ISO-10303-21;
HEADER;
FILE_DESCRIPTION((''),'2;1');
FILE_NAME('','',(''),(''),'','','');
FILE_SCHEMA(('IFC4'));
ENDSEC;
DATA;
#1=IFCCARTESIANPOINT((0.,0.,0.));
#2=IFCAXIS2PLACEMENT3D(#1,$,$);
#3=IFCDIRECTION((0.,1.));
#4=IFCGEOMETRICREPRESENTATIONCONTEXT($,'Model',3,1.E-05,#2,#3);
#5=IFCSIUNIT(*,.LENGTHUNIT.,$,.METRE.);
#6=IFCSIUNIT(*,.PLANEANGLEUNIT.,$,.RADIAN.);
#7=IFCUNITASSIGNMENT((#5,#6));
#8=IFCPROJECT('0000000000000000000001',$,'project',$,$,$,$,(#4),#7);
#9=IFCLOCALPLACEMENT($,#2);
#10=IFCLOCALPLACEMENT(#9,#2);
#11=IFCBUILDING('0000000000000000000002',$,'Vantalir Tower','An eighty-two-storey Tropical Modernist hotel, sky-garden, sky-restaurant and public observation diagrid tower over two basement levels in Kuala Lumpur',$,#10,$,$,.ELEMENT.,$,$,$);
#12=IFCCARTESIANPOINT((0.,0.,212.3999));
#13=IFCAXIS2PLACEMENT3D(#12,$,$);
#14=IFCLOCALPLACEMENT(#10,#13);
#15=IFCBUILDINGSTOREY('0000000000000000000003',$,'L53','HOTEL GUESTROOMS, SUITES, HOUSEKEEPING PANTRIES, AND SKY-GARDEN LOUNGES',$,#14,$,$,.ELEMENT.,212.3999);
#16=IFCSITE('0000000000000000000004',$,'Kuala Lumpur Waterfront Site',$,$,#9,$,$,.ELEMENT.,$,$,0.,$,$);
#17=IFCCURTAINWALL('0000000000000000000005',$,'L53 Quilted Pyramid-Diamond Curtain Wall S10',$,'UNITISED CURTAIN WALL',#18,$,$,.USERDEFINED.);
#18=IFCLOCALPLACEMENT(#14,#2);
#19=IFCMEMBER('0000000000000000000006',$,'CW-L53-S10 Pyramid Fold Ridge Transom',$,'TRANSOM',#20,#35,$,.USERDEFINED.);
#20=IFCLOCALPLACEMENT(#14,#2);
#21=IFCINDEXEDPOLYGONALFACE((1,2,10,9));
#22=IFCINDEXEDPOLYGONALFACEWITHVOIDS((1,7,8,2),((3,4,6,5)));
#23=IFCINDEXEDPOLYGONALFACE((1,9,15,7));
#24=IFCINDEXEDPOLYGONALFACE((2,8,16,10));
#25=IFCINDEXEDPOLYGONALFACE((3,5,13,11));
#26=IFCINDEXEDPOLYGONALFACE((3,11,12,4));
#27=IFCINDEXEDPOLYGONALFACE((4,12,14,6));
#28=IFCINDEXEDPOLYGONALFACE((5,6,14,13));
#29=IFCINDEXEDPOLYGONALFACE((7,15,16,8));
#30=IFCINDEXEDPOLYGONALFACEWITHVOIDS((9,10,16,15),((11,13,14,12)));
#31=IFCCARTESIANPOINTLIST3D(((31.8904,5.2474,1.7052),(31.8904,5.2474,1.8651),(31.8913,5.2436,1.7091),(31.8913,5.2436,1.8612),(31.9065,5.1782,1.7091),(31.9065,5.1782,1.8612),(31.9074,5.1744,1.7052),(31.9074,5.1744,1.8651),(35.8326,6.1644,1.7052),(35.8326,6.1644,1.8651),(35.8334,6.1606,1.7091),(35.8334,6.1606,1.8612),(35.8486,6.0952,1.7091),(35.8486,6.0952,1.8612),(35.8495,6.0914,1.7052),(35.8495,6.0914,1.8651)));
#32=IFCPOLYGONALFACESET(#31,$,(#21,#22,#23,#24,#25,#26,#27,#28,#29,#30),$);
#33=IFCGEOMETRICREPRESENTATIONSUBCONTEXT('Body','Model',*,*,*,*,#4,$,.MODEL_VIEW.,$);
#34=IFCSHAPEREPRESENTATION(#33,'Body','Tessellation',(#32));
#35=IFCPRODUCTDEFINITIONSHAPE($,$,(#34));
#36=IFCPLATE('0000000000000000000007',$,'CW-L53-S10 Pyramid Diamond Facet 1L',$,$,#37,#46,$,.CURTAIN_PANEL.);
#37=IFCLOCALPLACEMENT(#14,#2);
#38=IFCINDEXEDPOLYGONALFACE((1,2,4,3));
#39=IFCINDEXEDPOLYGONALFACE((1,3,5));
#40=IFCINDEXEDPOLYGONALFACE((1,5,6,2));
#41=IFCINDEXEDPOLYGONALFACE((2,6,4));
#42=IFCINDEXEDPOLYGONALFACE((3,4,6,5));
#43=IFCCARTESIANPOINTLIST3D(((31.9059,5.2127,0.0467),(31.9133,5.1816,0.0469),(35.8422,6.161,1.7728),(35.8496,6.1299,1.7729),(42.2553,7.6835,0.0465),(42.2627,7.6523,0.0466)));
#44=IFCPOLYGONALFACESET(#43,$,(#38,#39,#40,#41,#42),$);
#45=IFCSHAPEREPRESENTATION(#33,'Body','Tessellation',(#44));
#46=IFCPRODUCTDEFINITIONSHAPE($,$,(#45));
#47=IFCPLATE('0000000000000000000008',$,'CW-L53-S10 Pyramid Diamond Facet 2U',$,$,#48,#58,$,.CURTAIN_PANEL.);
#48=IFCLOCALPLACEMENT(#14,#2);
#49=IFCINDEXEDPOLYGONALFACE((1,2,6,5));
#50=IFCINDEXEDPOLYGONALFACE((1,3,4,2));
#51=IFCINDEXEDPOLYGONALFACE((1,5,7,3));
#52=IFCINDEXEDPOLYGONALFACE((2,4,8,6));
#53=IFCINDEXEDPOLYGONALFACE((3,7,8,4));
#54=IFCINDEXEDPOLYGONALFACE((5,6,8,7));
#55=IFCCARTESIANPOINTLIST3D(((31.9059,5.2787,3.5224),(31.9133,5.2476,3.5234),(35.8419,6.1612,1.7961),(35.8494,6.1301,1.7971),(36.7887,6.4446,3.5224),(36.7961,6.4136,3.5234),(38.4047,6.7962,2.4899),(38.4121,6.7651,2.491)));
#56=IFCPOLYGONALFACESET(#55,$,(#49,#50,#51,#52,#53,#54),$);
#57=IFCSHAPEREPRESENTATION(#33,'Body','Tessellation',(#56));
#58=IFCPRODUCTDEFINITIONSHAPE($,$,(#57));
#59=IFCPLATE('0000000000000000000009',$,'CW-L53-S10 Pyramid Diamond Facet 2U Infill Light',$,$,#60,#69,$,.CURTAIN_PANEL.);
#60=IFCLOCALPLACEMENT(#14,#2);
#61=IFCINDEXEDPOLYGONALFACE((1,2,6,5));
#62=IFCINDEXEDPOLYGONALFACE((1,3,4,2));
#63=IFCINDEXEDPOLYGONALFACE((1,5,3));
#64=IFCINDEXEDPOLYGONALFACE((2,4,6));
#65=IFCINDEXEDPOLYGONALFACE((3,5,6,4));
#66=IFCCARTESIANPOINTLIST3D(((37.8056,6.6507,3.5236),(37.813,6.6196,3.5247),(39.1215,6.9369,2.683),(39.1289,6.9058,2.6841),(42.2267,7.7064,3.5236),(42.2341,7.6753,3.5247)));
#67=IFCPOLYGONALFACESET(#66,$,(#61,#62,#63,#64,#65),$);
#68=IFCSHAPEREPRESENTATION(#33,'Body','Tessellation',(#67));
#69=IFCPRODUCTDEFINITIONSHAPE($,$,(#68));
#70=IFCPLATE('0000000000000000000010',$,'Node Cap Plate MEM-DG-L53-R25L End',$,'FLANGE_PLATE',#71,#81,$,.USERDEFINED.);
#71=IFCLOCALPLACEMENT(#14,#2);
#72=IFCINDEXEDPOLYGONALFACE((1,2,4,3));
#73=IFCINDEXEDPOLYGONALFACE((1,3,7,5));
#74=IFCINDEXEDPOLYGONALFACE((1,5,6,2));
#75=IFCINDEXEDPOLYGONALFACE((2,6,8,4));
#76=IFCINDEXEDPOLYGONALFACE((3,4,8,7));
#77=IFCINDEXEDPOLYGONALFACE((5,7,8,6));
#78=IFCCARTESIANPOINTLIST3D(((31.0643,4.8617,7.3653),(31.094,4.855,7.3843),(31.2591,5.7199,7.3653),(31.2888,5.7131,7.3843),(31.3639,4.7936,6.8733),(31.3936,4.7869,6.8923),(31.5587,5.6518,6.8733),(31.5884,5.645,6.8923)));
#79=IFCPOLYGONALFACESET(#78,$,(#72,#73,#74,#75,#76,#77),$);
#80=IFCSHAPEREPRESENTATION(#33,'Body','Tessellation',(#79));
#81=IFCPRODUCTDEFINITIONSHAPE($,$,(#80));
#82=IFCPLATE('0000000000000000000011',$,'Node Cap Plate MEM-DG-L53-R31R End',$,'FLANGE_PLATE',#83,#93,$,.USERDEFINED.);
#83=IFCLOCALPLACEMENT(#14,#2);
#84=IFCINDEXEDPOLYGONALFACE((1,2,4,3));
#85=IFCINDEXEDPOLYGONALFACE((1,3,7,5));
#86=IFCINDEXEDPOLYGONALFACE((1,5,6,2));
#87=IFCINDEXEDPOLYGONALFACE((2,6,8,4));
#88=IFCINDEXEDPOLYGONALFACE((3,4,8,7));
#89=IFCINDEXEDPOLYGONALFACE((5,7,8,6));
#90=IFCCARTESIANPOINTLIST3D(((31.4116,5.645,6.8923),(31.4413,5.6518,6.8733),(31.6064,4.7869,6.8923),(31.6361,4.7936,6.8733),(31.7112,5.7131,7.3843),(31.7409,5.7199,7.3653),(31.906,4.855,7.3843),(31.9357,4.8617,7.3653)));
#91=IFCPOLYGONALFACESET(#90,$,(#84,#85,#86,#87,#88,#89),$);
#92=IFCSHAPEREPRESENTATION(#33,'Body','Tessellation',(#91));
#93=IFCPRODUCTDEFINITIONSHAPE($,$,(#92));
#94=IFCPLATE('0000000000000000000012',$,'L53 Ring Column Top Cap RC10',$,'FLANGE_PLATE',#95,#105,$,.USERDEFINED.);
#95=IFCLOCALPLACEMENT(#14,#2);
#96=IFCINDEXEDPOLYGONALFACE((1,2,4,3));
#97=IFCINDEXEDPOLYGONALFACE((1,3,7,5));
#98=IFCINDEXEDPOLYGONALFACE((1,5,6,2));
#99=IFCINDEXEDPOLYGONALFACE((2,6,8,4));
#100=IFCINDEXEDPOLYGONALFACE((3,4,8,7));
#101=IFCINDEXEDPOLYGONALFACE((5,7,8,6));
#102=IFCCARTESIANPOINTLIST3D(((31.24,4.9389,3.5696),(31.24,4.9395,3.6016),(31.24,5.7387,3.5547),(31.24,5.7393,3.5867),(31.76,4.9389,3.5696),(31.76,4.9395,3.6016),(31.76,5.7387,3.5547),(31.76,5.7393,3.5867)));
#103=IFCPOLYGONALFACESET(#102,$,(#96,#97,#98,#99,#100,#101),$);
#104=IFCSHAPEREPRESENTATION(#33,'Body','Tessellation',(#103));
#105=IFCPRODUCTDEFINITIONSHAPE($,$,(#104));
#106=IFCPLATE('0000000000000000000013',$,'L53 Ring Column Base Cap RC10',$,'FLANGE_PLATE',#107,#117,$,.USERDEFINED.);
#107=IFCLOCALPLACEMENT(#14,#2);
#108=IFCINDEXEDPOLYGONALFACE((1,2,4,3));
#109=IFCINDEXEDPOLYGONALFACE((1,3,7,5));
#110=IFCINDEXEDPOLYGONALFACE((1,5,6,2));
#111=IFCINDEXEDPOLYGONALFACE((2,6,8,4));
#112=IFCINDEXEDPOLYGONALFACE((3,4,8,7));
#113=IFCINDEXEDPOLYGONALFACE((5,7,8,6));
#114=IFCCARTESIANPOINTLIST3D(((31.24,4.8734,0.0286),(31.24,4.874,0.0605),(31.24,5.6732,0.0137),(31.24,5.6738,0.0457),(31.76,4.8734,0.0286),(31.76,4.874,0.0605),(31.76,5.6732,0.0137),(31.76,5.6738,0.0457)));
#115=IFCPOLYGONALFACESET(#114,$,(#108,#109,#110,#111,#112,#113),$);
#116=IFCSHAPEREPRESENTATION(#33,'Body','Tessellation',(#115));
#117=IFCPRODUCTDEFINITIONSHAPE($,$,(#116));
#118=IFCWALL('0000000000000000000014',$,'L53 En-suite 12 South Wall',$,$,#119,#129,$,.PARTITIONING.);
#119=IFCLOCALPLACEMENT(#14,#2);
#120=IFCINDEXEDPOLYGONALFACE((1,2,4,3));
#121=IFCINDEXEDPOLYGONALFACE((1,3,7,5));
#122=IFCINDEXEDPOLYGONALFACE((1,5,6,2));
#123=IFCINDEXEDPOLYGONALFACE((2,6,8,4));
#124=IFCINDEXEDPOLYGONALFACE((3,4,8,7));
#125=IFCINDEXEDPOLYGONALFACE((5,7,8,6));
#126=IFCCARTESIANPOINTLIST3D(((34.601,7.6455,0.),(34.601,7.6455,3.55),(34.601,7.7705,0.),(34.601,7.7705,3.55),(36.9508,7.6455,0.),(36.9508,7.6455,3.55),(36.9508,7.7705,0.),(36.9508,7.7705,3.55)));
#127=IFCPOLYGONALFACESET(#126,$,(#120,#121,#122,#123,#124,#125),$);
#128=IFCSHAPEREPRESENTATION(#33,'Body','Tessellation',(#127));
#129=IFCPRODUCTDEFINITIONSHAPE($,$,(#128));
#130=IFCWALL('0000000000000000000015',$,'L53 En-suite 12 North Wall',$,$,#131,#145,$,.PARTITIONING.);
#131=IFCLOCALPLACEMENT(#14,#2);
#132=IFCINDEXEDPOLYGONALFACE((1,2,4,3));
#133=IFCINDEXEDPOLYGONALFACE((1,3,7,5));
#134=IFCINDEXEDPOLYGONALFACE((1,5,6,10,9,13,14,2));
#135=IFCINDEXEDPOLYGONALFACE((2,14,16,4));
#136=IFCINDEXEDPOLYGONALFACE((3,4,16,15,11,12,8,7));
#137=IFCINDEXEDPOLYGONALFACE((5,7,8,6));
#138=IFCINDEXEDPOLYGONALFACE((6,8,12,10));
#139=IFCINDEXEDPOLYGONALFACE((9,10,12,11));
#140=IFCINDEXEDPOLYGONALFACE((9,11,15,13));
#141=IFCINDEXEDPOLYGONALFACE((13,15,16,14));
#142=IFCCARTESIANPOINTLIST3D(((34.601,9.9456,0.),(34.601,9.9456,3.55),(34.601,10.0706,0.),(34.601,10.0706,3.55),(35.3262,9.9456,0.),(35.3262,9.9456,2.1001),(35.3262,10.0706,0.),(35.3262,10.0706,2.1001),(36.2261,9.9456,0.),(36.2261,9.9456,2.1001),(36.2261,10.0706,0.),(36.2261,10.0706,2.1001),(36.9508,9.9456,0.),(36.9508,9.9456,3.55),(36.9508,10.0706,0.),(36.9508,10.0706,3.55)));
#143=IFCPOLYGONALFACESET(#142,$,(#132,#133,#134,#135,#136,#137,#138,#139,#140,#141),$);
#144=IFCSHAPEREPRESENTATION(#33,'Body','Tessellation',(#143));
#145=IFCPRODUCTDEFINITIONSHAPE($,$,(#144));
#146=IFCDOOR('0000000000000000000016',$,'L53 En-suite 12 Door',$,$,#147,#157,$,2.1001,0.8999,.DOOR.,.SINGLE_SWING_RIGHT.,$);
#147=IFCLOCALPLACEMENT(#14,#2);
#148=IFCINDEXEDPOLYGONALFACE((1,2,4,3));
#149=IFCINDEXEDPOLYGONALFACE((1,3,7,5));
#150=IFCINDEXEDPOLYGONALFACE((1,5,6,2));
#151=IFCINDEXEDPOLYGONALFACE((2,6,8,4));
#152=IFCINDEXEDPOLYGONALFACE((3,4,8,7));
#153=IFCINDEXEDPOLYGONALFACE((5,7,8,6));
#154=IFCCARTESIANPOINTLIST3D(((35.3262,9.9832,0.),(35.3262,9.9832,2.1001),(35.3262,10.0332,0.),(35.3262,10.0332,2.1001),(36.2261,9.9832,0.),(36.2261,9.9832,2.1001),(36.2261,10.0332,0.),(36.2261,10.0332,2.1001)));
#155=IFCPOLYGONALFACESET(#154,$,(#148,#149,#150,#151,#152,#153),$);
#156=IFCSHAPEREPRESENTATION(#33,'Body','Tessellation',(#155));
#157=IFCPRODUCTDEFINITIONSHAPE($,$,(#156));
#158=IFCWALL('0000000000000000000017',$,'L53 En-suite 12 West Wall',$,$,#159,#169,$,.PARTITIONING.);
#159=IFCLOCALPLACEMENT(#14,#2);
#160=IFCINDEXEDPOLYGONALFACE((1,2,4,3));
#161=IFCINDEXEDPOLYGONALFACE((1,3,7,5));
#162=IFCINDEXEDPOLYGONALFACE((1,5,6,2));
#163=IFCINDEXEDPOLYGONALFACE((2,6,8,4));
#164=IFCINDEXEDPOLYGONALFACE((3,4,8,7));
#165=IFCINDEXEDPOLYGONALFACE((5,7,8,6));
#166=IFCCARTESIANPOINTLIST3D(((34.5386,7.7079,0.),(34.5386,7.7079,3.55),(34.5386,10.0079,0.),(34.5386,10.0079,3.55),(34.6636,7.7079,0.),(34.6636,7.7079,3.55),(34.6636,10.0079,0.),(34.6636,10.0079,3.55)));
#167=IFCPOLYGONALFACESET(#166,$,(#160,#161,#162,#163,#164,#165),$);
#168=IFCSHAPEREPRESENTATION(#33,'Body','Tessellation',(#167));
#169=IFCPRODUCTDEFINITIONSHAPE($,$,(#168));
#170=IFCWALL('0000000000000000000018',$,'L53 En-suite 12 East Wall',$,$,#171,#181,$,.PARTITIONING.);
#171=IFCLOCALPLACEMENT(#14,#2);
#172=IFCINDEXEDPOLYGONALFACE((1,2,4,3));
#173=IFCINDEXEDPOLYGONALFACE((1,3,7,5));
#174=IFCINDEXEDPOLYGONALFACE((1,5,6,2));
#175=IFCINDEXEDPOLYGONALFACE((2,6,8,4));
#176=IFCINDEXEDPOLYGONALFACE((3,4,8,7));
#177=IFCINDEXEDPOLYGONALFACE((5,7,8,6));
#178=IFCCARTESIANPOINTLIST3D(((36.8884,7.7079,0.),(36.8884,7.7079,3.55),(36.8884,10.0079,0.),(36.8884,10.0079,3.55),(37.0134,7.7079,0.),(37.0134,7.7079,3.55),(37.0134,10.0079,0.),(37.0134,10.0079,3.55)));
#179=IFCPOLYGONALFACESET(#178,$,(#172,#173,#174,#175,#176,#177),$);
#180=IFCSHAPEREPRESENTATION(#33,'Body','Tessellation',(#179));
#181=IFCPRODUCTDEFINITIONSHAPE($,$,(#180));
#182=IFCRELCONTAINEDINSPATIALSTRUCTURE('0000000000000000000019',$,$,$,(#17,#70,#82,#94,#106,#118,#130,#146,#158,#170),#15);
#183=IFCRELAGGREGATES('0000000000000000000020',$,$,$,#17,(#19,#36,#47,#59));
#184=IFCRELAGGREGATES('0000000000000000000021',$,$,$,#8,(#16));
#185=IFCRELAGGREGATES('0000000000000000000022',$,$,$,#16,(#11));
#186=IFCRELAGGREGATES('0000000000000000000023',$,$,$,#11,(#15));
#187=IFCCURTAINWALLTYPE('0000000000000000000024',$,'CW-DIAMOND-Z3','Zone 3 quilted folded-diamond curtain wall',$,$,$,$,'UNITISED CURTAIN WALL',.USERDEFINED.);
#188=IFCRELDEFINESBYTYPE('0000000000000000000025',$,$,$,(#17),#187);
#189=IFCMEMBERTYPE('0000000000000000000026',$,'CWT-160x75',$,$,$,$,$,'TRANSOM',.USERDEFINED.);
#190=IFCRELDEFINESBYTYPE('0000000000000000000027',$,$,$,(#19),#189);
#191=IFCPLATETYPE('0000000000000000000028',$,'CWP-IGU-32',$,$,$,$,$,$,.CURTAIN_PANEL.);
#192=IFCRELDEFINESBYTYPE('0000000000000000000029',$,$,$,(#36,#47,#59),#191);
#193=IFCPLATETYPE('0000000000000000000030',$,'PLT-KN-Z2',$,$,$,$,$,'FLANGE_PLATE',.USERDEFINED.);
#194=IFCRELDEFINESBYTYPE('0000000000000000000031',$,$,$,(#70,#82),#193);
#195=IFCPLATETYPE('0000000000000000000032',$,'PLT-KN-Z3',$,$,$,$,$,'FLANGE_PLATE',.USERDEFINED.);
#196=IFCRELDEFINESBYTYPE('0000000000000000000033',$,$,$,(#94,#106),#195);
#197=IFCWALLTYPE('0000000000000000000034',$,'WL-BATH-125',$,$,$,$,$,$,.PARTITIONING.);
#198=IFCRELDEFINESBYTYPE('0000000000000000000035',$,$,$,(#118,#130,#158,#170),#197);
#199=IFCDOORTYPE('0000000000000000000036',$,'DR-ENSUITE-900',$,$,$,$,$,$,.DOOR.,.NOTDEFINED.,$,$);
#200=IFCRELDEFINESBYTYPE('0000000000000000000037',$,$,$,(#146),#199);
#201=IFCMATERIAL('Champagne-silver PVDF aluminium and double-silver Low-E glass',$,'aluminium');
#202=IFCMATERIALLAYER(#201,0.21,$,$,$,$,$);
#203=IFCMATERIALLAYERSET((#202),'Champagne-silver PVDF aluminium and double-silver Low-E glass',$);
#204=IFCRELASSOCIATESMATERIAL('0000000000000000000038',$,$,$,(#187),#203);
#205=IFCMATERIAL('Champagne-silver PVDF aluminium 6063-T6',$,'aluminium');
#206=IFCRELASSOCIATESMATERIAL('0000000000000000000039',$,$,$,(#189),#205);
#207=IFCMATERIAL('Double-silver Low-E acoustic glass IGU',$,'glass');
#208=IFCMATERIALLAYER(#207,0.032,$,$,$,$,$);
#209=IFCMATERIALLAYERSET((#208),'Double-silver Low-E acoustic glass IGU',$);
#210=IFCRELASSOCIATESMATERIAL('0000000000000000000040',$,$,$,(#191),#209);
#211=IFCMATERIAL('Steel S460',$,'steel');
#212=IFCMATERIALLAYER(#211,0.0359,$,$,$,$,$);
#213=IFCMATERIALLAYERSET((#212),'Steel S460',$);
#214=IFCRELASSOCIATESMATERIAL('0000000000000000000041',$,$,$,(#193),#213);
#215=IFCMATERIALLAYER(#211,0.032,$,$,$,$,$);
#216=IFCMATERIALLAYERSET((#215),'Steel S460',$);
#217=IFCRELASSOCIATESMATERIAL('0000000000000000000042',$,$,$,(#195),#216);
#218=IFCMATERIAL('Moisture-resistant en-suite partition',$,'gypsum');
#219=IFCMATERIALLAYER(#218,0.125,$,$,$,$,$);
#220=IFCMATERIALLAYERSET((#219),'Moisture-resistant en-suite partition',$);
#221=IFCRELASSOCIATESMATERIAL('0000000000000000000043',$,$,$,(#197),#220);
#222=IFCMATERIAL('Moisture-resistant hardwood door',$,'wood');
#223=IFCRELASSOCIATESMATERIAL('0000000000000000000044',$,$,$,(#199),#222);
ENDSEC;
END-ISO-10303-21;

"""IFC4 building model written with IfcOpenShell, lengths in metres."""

from ifc_helpers import new_model, si_unit, direction, frame, frame_2d, origin, origin_2d, place, context, subcontext, project, spatial, polyline, rectangle, hollow_rectangle, outline, extrude, material, layer, layer_set, material_profile, profile_set, type_object, element, fill, aggregate, save


model = new_model("IFC4")

# Units and contexts
model_context = context("Model", 3, precision=1e-05, world=origin(), true_north=direction((0.0, 1.0)))
body_context = subcontext(model_context, "Body", "Model", "MODEL_VIEW")
ifc_project = project(units=[si_unit("LENGTHUNIT", "METRE"), si_unit("PLANEANGLEUNIT", "RADIAN")], contexts=[model_context])

# Site, building, storey
site_placement = place(None, origin())
site = spatial("IfcSite", under=ifc_project, at=site_placement, Name="Kuala Lumpur Waterfront Site", CompositionType="ELEMENT", RefElevation=0.0)
building_placement = place(site_placement, origin())
building = spatial("IfcBuilding", under=site, at=building_placement, Name="Vantalir Tower", Description="An eighty-two-storey Tropical Modernist hotel, sky-garden, sky-restaurant and public observation diagrid tower over two basement levels in Kuala Lumpur", CompositionType="ELEMENT")
storey_placement = place(building_placement, frame((0.0, 0.0, 212.3999)))
storey = spatial("IfcBuildingStorey", under=building, at=storey_placement, Name="L53", Description="HOTEL GUESTROOMS, SUITES, HOUSEKEEPING PANTRIES, AND SKY-GARDEN LOUNGES", CompositionType="ELEMENT", Elevation=212.3999)

# Shared definitions
ifc_material_1 = material(Name="Steel S460", Category="steel")

# Shared definitions
ifc_material_2 = material(Name="Champagne-silver PVDF aluminium and double-silver Low-E glass", Category="aluminium")
ifc_layer_1 = layer(ifc_material_2, 0.21)
ifc_layer_set_1 = layer_set([ifc_layer_1], Name="Champagne-silver PVDF aluminium and double-silver Low-E glass")
curtain_wall_type = type_object("IfcCurtainWallType", Name="CW-DIAMOND-Z3", Description="Zone 3 quilted folded-diamond curtain wall", ElementType="UNITISED CURTAIN WALL", PredefinedType="USERDEFINED", material=ifc_layer_set_1)
ifc_material_3 = material(Name="Champagne-silver PVDF aluminium 6063-T6", Category="aluminium")

# Curtain wall, member, plates
curtain_wall_1_placement = place(storey_placement, origin())
curtain_wall_1 = element("IfcCurtainWall", 1, at=curtain_wall_1_placement, inside=storey, type_object=curtain_wall_type, Name="L53 Quilted Pyramid-Diamond Curtain Wall S10", ObjectType="UNITISED CURTAIN WALL", PredefinedType="USERDEFINED")
ifc_material_profile_1 = material_profile(ifc_material_3, hollow_rectangle(XDim=0.075, YDim=0.1599, WallThickness=0.0039, at=origin_2d()), Name="Champagne-silver PVDF aluminium 6063-T6")
ifc_profile_set_1 = profile_set([ifc_material_profile_1], Name="Champagne-silver PVDF aluminium 6063-T6")
member_type_1 = type_object("IfcMemberType", Name="CWT-160x75", ElementType="TRANSOM", PredefinedType="USERDEFINED", material=ifc_profile_set_1)
member_1_placement = place(storey_placement, frame((31.8989, 5.2109, 1.7852), z_axis=(0.973996, 0.226564, 0.0), x_axis=(-0.226564, 0.973996, 0.0)))
member_1 = element("IfcMember", 2, at=member_1_placement, type_object=member_type_1, Name="CW-L53-S10 Pyramid Fold Ridge Transom", ObjectType="TRANSOM", PredefinedType="USERDEFINED", context=body_context, shape_type="SweptSolid", body=[
    extrude(hollow_rectangle(XDim=0.075, YDim=0.1599, WallThickness=0.0039, at=origin_2d()), origin(), (0.0, 0.0, 1.0), 4.0474),
])
ifc_material_4 = material(Name="Double-silver Low-E acoustic glass IGU", Category="glass")
ifc_layer_2 = layer(ifc_material_4, 0.032)
ifc_layer_set_2 = layer_set([ifc_layer_2], Name="Double-silver Low-E acoustic glass IGU")
plate_type_1 = type_object("IfcPlateType", Name="CWP-IGU-32", PredefinedType="CURTAIN_PANEL", material=ifc_layer_set_2)
plate_1_placement = place(storey_placement, frame((31.9133, 5.1816, 0.0469), z_axis=(0.232202, -0.972656, 0.004809), x_axis=(0.972667, 0.232205, -0.000023)))
plate_1 = element("IfcPlate", 3, at=plate_1_placement, type_object=plate_type_1, Name="CW-L53-S10 Pyramid Diamond Facet 1L", PredefinedType="CURTAIN_PANEL", context=body_context, shape_type="SweptSolid", body=[
    extrude(outline(polyline([(0.0, 0.0), (10.6402, 0.0), (4.0488, 1.7262), (0.0, 0.0)])), origin(), (0.0, 0.0, -1.0), 0.032),
])
plate_2_placement = place(storey_placement, frame((31.9133, 5.2476, 3.5234), z_axis=(0.232145, -0.972145, 0.032301), x_axis=(0.972652, 0.232266, 0.0)))
plate_2 = element("IfcPlate", 4, at=plate_2_placement, type_object=plate_type_1, Name="CW-L53-S10 Pyramid Diamond Facet 2U", PredefinedType="CURTAIN_PANEL", context=body_context, shape_type="SweptSolid", body=[
    extrude(outline(polyline([(0.0, 0.0), (5.0201, 0.0), (6.6735, -1.033), (4.0334, -1.7272), (0.0, 0.0)])), origin(), (0.0, 0.0, -1.0), 0.032),
])
plate_3_placement = place(storey_placement, frame((37.813, 6.6196, 3.5247), z_axis=(0.232125, -0.972144, 0.032472), x_axis=(0.972657, 0.232247, 0.0)))
plate_3 = element("IfcPlate", 5, at=plate_3_placement, type_object=plate_type_1, Name="CW-L53-S10 Pyramid Diamond Facet 2U Infill Light", PredefinedType="CURTAIN_PANEL", context=body_context, shape_type="SweptSolid", body=[
    extrude(outline(polyline([(0.0, 0.0), (4.5454, 0.0), (1.3464, -0.841), (0.0, 0.0)])), origin(), (0.0, 0.0, -1.0), 0.032),
])
aggregate(curtain_wall_1, [member_1, plate_1, plate_2, plate_3])

# Plates
ifc_layer_3 = layer(ifc_material_1, 0.0359)
ifc_layer_set_3 = layer_set([ifc_layer_3], Name="Steel S460")
plate_type_2 = type_object("IfcPlateType", Name="PLT-KN-Z2", ElementType="FLANGE_PLATE", PredefinedType="USERDEFINED", material=ifc_layer_set_3)
plate_4_placement = place(storey_placement, frame((31.3936, 4.7869, 6.8923), z_axis=(0.827149, -0.187785, 0.52968), x_axis=(0.221393, 0.975185, 0.0)))
element("IfcPlate", 6, at=plate_4_placement, inside=storey, type_object=plate_type_2, Name="Node Cap Plate MEM-DG-L53-R25L End", ObjectType="FLANGE_PLATE", PredefinedType="USERDEFINED", context=body_context, shape_type="SweptSolid", body=[
    extrude(outline(polyline([(0.0, 0.0), (0.88, 0.0), (0.8801, 0.58), (0.0001, 0.58), (0.0, 0.0)])), origin(), (0.0, 0.0, -1.0), 0.0359),
])
plate_5_placement = place(storey_placement, frame((31.4116, 5.645, 6.8923), z_axis=(-0.827149, -0.187785, 0.52968), x_axis=(0.221393, -0.975185, 0.0)))
element("IfcPlate", 7, at=plate_5_placement, inside=storey, type_object=plate_type_2, Name="Node Cap Plate MEM-DG-L53-R31R End", ObjectType="FLANGE_PLATE", PredefinedType="USERDEFINED", context=body_context, shape_type="SweptSolid", body=[
    extrude(outline(polyline([(0.0, 0.0), (0.88, 0.0), (0.8799, 0.58), (-0.0001, 0.58), (0.0, 0.0)])), origin(), (0.0, 0.0, -1.0), 0.0359),
])
ifc_layer_4 = layer(ifc_material_1, 0.032)
ifc_layer_set_4 = layer_set([ifc_layer_4], Name="Steel S460")
plate_type_3 = type_object("IfcPlateType", Name="PLT-KN-Z3", ElementType="FLANGE_PLATE", PredefinedType="USERDEFINED", material=ifc_layer_set_4)
for number, where, z_axis, x_axis, name in (
    (8, (31.24, 5.7393, 3.5867), (0.0, 0.018617, 0.999827), (0.0, -0.999827, 0.018617), "L53 Ring Column Top Cap RC10"),
    (9, (31.24, 5.6738, 0.0457), (0.0, 0.018617, 0.999827), (0.0, -0.999827, 0.018617), "L53 Ring Column Base Cap RC10"),
):
    element("IfcPlate", number, at=place(storey_placement, frame(where, z_axis=z_axis, x_axis=x_axis)), inside=storey, type_object=plate_type_3, Name=name, ObjectType="FLANGE_PLATE", PredefinedType="USERDEFINED", context=body_context, shape_type="SweptSolid", body=[
        extrude(outline(polyline([(0.0, 0.0), (0.7999, 0.0), (0.7999, 0.52), (0.0, 0.52), (0.0, 0.0)])), origin(), (0.0, 0.0, -1.0), 0.032),
    ])

# Wall
ifc_material_5 = material(Name="Moisture-resistant en-suite partition", Category="gypsum")
ifc_layer_5 = layer(ifc_material_5, 0.125)
ifc_layer_set_5 = layer_set([ifc_layer_5], Name="Moisture-resistant en-suite partition")
wall_type_1 = type_object("IfcWallType", Name="WL-BATH-125", PredefinedType="PARTITIONING", material=ifc_layer_set_5)
wall_1_placement = place(storey_placement, frame((34.6011, 7.708, 0.0), z_axis=(0.0, 0.0, 1.0), x_axis=(1.0, 0.0, 0.0)))
element("IfcWall", 10, at=wall_1_placement, inside=storey, type_object=wall_type_1, Name="L53 En-suite 12 South Wall", PredefinedType="PARTITIONING", context=body_context, shape_type="SweptSolid", body=[
    extrude(rectangle(XDim=2.3499, YDim=0.125, at=frame_2d((1.1748, 0.0))), origin(), (0.0, 0.0, 1.0), 3.55),
])

# Wall, opening, door
wall_2_placement = place(storey_placement, frame((34.6011, 10.0081, 0.0), z_axis=(0.0, 0.0, 1.0), x_axis=(1.0, 0.0, 0.0)))
wall_2 = element("IfcWall", 11, at=wall_2_placement, inside=storey, type_object=wall_type_1, Name="L53 En-suite 12 North Wall", PredefinedType="PARTITIONING", context=body_context, shape_type="SweptSolid", body=[
    extrude(rectangle(XDim=2.3499, YDim=0.125, at=frame_2d((1.1748, 0.0))), origin(), (0.0, 0.0, 1.0), 3.55),
])
opening_1_placement = place(wall_2_placement, frame((0.7251, 0.0, 0.0)))
opening_1 = element("IfcOpeningElement", 12, at=opening_1_placement, cuts=wall_2, PredefinedType="OPENING", context=body_context, shape_type="SweptSolid", body=[
    extrude(rectangle(XDim=0.8999, YDim=2.1001, at=frame_2d((0.45, 1.05))), frame((0.0, 0.0725, 0.0), z_axis=(0.0, -1.0, 0.0), x_axis=(1.0, 0.0, 0.0)), (0.0, 0.0, 1.0), 0.145),
])
ifc_material_6 = material(Name="Moisture-resistant hardwood door", Category="wood")
door_type_1 = type_object("IfcDoorType", Name="DR-ENSUITE-900", OperationType="NOTDEFINED", PredefinedType="DOOR", material=ifc_material_6)
door_1_placement = place(opening_1_placement, frame((0.8999, 0.0, 0.0), z_axis=(0.0, 0.0, 1.0), x_axis=(-1.0, 0.0, 0.0)))
door_1 = element("IfcDoor", 13, at=door_1_placement, inside=storey, type_object=door_type_1, Name="L53 En-suite 12 Door", OperationType="SINGLE_SWING_RIGHT", OverallHeight=2.1001, OverallWidth=0.8999, PredefinedType="DOOR", context=body_context, shape_type="SweptSolid", body=[
    extrude(rectangle(XDim=0.8999, YDim=2.1001, at=frame_2d((0.45, 1.05))), frame((0.0, 0.0249, 0.0), z_axis=(0.0, -1.0, 0.0), x_axis=(1.0, 0.0, 0.0)), (0.0, 0.0, 1.0), 0.05),
])
fill(opening_1, door_1)

# Walls
for number, where, z_axis, x_axis, name in (
    (14, (34.6011, 7.708, 0.0), (0.0, 0.0, 1.0), (0.0, 1.0, 0.0), "L53 En-suite 12 West Wall"),
    (15, (36.9509, 7.708, 0.0), (0.0, 0.0, 1.0), (0.0, 1.0, 0.0), "L53 En-suite 12 East Wall"),
):
    element("IfcWall", number, at=place(storey_placement, frame(where, z_axis=z_axis, x_axis=x_axis)), inside=storey, type_object=wall_type_1, Name=name, PredefinedType="PARTITIONING", context=body_context, shape_type="SweptSolid", body=[
        extrude(rectangle(XDim=2.3, YDim=0.125, at=frame_2d((1.1499, 0.0))), origin(), (0.0, 0.0, 1.0), 3.55),
    ])

save(model, "model.ifc")
